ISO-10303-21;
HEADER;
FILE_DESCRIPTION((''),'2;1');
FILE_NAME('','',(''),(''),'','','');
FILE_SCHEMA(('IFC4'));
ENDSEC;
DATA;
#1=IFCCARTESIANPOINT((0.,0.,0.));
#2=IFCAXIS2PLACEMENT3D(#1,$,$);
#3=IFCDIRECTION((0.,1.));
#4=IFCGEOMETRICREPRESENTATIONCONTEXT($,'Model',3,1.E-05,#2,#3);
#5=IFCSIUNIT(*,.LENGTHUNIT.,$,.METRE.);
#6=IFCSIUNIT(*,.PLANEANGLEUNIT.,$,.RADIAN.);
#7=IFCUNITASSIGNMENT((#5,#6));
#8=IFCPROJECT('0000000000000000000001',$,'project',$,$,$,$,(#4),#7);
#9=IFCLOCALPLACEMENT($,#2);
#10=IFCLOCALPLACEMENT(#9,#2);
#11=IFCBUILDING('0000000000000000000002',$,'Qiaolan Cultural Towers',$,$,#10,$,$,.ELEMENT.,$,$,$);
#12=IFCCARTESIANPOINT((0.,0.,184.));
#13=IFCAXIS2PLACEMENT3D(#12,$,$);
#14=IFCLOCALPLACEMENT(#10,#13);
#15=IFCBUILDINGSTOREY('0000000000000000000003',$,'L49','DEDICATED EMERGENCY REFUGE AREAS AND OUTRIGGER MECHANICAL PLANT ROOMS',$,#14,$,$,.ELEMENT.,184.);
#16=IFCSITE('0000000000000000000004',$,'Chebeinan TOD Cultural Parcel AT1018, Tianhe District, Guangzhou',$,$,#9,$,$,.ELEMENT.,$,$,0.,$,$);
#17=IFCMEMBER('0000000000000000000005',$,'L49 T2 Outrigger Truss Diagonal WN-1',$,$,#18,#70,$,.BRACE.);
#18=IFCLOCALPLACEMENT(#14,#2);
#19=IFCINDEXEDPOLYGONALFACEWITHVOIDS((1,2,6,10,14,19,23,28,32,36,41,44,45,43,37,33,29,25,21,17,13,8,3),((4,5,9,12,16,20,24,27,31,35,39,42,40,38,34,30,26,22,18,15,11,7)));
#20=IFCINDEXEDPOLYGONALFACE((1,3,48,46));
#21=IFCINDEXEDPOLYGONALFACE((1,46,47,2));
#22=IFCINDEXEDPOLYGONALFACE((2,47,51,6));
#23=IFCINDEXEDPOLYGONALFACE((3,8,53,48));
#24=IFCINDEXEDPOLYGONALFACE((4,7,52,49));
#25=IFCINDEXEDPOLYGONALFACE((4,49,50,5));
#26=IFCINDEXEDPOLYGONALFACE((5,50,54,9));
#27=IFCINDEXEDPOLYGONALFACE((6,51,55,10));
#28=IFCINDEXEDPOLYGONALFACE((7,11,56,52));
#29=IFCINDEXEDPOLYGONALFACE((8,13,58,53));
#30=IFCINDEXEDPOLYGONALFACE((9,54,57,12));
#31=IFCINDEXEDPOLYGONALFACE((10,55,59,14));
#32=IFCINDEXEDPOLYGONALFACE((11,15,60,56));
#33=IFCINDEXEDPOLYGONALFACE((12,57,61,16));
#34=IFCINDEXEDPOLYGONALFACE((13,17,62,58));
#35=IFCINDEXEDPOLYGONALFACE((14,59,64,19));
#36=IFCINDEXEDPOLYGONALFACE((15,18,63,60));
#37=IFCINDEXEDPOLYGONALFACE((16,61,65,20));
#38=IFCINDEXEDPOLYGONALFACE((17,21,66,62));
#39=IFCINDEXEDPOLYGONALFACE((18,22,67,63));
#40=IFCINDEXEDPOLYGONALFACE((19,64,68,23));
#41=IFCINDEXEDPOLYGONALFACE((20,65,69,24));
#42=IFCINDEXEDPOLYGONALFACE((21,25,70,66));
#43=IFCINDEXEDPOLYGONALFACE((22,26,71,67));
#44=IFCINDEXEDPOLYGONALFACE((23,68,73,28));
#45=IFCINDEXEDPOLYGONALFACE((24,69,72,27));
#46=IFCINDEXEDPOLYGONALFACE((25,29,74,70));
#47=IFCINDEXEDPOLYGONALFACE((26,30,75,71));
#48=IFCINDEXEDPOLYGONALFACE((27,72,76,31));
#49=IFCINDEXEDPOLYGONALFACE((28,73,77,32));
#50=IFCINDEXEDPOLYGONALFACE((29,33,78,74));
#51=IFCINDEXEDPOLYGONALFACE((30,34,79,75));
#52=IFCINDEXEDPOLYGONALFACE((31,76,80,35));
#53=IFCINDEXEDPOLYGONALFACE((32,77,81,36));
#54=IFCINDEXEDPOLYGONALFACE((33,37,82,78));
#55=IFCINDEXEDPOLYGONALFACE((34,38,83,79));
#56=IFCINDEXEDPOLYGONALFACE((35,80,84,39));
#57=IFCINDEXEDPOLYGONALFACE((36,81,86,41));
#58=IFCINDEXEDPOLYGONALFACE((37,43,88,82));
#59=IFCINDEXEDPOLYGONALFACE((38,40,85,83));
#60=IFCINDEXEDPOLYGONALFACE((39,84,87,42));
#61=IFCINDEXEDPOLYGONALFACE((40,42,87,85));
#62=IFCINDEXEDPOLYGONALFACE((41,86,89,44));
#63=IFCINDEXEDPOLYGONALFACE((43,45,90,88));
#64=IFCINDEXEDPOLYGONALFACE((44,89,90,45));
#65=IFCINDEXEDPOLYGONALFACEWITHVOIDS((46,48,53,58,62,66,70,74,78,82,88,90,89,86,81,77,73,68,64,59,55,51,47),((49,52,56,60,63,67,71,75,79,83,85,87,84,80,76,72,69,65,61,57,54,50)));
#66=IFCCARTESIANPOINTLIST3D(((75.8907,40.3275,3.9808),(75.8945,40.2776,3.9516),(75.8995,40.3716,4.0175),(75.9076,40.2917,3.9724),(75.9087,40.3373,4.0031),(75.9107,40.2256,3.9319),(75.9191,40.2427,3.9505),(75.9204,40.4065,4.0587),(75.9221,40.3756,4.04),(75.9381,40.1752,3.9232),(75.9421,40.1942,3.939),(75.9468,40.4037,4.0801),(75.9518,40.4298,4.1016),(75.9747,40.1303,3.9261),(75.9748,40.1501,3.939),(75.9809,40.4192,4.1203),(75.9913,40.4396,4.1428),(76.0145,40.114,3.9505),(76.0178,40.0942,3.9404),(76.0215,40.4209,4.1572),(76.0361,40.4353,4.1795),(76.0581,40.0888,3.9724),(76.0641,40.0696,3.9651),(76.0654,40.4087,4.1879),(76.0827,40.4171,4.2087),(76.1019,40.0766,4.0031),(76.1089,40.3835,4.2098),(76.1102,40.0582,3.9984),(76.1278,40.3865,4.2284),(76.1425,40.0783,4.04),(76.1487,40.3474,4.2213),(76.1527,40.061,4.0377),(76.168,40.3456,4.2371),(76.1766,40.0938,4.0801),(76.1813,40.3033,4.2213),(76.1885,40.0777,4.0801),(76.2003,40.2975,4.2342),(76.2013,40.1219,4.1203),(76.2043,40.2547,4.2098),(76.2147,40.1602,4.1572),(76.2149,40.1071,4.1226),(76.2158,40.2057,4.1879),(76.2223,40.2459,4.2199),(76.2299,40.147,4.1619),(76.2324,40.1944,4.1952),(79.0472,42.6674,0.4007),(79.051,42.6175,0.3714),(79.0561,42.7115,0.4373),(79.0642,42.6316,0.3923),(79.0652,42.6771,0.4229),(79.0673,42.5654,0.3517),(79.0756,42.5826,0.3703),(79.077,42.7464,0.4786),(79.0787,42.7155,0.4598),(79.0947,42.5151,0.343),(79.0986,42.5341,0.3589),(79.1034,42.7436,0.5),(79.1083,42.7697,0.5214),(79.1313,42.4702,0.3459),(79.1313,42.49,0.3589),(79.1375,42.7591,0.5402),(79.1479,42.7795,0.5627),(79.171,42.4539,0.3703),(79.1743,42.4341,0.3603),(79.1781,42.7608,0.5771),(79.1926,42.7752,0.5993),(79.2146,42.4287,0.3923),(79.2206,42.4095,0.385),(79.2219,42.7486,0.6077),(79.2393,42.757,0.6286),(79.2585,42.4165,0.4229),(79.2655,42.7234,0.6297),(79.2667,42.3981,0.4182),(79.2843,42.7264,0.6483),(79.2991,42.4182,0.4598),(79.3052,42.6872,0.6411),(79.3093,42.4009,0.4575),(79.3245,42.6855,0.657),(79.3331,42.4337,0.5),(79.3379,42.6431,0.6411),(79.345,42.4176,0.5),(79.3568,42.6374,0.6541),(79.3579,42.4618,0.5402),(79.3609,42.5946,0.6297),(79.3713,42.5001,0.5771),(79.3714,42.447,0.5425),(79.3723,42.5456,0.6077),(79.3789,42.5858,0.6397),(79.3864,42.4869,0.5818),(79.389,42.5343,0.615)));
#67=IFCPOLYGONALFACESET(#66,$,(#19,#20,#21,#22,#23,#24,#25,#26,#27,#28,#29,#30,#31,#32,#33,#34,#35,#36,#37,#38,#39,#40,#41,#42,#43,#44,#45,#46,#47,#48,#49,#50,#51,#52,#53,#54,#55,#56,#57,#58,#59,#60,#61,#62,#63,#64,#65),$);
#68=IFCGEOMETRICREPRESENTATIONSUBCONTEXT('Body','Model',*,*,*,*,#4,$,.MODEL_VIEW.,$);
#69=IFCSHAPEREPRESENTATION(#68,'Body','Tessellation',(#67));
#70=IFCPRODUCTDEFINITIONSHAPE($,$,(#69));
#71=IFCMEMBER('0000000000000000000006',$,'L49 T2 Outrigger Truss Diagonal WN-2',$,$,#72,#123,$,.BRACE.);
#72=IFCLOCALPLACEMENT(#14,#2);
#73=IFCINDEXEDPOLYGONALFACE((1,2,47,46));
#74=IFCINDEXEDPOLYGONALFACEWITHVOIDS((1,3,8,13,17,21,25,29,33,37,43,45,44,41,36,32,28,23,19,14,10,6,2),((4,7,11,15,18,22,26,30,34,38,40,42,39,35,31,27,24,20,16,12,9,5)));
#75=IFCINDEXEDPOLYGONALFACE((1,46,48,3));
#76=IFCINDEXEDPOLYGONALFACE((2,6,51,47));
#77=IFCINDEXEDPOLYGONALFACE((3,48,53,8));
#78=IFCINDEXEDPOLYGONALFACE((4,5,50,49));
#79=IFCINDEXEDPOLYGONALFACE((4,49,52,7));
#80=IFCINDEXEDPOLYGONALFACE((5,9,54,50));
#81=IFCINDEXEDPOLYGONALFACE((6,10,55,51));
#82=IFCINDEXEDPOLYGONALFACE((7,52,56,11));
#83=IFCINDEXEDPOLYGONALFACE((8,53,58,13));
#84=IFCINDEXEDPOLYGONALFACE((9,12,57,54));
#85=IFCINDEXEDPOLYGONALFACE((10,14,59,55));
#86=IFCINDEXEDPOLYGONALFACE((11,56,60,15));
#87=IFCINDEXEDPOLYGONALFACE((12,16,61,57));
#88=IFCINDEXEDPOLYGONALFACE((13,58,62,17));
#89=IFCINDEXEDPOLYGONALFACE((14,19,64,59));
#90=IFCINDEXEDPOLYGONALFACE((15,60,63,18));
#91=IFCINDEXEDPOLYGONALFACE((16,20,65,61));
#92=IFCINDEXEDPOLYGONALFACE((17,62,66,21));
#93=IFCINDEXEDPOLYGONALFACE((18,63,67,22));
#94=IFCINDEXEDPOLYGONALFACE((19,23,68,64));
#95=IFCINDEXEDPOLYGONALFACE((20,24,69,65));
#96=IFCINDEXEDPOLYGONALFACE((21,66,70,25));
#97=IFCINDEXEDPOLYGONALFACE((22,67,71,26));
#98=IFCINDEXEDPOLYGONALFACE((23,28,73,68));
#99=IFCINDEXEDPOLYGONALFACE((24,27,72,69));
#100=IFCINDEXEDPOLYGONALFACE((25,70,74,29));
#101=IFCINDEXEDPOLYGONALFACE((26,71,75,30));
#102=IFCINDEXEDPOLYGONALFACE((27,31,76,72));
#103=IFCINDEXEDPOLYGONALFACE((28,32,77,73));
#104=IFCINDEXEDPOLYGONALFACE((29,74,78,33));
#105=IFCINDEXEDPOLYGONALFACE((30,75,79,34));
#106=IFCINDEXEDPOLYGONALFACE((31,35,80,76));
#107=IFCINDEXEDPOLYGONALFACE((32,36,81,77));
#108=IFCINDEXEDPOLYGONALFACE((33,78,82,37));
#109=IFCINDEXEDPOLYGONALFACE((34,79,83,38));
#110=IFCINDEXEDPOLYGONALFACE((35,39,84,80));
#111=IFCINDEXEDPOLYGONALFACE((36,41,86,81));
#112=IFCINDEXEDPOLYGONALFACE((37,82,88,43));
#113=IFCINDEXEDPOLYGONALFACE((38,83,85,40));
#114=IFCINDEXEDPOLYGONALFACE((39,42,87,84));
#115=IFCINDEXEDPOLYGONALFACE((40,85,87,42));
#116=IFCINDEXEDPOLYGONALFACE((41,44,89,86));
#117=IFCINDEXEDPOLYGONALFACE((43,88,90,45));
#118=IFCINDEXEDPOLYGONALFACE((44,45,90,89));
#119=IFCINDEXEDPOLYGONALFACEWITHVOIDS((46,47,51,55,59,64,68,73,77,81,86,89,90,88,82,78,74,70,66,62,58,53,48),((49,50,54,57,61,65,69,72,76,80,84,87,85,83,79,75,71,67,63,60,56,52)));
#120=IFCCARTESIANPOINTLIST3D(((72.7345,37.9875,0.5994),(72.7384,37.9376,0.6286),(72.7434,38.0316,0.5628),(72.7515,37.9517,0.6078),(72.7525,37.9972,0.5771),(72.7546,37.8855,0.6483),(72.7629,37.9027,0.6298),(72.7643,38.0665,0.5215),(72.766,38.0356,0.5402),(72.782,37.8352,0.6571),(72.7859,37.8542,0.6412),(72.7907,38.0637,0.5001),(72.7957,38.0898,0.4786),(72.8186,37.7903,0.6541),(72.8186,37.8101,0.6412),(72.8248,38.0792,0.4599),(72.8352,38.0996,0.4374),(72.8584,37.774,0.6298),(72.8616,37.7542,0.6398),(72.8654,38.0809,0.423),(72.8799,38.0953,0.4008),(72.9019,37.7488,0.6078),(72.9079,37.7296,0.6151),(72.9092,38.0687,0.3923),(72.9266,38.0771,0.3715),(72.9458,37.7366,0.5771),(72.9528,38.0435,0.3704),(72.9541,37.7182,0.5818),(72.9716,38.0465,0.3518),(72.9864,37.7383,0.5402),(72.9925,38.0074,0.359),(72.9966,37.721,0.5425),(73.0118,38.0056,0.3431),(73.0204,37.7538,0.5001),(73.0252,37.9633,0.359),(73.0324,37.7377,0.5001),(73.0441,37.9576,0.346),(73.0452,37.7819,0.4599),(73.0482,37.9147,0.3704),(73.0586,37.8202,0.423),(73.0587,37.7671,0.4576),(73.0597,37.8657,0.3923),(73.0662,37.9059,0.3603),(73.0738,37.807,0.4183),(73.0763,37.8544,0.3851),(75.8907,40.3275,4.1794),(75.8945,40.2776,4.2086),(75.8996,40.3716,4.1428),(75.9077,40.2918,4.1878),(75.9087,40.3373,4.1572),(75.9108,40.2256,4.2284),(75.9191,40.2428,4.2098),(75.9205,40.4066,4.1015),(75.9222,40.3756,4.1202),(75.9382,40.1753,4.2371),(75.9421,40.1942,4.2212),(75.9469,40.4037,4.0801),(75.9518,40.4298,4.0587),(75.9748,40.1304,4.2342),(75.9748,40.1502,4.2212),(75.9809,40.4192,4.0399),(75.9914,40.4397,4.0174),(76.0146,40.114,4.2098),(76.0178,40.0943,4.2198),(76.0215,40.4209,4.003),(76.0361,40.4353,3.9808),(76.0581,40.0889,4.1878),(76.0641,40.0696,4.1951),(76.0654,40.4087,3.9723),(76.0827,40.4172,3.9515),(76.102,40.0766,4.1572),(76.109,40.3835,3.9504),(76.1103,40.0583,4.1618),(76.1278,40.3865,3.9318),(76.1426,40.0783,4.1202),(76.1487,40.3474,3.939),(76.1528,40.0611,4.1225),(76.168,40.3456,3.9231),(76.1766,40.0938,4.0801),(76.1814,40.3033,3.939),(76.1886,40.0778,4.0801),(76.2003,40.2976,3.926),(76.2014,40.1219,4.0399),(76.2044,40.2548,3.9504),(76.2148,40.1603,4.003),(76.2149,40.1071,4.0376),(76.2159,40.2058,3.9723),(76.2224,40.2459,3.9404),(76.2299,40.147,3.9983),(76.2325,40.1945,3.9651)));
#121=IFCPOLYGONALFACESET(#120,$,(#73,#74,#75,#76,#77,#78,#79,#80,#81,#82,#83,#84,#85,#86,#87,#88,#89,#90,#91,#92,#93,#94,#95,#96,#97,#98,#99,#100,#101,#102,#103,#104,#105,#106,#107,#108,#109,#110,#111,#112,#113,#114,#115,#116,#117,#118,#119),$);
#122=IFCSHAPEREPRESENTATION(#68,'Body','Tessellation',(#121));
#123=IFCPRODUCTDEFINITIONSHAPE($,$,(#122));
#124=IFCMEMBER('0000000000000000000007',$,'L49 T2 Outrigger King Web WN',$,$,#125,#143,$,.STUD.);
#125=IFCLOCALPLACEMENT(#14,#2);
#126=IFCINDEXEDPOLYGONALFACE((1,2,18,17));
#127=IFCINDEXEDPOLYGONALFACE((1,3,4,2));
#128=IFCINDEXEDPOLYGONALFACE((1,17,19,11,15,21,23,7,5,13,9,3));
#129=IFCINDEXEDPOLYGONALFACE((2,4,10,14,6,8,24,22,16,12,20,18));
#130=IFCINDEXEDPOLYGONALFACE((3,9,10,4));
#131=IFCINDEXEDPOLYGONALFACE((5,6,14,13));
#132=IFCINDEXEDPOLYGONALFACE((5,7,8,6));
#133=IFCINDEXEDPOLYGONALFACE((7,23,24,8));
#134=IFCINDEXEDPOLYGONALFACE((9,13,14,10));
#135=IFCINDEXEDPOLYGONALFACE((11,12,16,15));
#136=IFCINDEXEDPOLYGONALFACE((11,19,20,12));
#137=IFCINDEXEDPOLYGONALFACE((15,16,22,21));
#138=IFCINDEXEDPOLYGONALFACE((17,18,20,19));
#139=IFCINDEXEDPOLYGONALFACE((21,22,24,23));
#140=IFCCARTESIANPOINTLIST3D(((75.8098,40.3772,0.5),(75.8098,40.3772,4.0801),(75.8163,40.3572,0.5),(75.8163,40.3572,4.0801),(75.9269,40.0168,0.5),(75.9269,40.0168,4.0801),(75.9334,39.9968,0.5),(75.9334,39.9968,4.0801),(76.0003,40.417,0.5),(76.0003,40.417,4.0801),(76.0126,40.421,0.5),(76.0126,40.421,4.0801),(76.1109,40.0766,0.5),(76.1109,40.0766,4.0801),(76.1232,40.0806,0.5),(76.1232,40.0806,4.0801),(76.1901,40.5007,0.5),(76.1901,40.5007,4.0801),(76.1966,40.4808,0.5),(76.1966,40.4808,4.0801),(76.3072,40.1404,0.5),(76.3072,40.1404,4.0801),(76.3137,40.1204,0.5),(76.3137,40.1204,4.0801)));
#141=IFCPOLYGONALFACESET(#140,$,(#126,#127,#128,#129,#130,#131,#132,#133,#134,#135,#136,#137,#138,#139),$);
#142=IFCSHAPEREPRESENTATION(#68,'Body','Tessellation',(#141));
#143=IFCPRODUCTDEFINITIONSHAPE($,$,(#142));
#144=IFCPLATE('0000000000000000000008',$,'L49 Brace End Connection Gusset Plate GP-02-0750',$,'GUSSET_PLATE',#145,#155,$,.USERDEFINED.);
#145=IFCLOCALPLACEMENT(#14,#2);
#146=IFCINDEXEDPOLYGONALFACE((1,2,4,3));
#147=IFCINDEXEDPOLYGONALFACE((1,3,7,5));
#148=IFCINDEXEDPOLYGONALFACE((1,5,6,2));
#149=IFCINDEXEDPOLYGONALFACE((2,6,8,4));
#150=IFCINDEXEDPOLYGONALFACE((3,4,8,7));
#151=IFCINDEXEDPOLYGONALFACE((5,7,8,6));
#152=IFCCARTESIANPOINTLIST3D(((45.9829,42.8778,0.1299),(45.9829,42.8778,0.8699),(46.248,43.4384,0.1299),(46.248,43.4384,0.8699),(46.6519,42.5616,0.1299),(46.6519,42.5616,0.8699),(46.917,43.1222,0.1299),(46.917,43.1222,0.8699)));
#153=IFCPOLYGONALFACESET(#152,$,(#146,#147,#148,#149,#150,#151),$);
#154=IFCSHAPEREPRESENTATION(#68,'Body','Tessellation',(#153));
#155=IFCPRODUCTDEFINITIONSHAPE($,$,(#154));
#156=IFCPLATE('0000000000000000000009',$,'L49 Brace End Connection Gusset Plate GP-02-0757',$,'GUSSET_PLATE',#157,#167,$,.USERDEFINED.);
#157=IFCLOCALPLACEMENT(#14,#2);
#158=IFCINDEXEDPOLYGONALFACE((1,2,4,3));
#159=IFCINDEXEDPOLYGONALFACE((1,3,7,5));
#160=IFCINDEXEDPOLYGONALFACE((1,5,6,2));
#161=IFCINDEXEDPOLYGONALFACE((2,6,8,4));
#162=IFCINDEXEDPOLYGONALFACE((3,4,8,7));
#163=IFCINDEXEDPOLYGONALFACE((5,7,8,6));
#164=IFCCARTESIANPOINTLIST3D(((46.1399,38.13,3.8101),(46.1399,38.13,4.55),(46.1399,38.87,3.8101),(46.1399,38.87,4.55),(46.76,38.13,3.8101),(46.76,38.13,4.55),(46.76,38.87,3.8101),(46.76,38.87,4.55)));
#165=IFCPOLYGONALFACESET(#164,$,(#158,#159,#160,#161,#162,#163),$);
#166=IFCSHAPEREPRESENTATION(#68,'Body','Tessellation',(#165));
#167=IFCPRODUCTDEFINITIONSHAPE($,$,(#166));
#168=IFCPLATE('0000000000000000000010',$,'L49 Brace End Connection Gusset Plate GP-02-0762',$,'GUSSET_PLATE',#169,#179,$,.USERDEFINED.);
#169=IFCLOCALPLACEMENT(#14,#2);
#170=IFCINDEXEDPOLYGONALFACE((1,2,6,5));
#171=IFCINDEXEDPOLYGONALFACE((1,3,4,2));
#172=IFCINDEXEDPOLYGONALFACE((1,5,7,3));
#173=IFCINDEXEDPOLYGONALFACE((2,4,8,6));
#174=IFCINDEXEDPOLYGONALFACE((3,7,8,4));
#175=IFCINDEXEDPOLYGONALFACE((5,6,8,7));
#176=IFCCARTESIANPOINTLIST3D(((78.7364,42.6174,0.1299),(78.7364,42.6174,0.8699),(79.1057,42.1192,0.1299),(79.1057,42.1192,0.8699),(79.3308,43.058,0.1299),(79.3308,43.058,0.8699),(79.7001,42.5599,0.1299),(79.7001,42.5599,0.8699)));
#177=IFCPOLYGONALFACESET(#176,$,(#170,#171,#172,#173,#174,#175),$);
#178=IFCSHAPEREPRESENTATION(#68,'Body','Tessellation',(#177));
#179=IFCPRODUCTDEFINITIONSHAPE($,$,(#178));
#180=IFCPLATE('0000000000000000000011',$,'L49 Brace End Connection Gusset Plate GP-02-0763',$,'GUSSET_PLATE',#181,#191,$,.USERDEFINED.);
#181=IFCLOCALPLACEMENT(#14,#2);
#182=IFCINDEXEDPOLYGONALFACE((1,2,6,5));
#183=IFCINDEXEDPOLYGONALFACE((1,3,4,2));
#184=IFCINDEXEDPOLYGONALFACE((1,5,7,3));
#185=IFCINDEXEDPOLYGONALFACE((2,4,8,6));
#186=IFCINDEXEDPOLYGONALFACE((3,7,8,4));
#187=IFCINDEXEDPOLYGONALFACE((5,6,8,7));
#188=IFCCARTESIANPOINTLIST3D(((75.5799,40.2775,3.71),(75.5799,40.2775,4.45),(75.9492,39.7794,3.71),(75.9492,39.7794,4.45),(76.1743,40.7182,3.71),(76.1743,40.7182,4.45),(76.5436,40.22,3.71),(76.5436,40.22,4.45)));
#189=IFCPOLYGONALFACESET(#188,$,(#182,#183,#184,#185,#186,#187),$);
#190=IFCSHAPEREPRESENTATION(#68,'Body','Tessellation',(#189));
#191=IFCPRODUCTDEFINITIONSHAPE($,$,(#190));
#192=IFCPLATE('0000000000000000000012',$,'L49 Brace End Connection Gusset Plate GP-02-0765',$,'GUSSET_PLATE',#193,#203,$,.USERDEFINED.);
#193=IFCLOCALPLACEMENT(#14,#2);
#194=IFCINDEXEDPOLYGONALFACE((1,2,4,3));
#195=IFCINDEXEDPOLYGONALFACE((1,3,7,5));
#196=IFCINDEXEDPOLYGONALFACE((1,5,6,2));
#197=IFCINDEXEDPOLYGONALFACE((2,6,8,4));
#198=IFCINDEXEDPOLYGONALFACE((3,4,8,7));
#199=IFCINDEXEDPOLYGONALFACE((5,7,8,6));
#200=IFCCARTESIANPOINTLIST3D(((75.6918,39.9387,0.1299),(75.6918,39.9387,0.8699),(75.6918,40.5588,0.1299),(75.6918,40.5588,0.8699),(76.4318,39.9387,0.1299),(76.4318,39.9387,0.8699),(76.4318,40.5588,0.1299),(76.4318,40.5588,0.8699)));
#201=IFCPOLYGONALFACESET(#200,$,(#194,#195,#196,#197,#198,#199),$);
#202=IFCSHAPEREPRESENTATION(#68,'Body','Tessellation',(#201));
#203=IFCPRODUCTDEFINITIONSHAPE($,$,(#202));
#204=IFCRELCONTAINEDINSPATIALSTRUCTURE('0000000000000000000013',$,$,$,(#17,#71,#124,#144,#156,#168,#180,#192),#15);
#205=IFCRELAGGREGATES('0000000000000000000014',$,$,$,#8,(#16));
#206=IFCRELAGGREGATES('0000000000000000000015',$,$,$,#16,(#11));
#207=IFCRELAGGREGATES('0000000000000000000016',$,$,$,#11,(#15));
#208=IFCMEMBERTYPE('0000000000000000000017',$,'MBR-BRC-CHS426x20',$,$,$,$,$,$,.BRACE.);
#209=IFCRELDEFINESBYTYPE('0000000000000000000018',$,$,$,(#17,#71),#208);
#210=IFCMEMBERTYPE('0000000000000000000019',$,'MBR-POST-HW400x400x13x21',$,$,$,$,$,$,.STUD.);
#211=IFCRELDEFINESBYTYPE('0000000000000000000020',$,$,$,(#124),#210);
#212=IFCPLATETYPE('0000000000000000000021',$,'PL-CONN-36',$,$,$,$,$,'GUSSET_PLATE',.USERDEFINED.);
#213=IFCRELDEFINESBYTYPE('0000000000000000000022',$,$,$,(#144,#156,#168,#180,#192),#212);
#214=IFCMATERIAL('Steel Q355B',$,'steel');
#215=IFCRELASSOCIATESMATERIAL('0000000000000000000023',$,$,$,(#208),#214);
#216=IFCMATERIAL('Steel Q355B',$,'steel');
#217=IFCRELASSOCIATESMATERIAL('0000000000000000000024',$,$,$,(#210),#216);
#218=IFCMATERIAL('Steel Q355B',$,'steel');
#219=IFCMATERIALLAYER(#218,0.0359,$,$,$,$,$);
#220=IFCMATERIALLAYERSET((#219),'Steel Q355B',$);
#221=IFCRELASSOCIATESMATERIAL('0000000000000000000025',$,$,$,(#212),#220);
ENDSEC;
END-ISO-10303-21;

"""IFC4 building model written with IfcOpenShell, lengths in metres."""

from ifc_helpers import new_model, si_unit, direction, frame, origin, origin_2d, place, context, subcontext, project, spatial, rectangle, hollow_circle, i_section, extrude, material, layer, layer_set, material_profile, profile_set, type_object, element, save


model = new_model("IFC4")

# Units and contexts
model_context = context("Model", 3, precision=1e-05, world=origin(), true_north=direction((0.0, 1.0)))
body_context = subcontext(model_context, "Body", "Model", "MODEL_VIEW")
ifc_project = project(units=[si_unit("LENGTHUNIT", "METRE"), si_unit("PLANEANGLEUNIT", "RADIAN")], contexts=[model_context])

# Site, building, storey
site_placement = place(None, origin())
site = spatial("IfcSite", under=ifc_project, at=site_placement, Name="Chebeinan TOD Cultural Parcel AT1018, Tianhe District, Guangzhou", CompositionType="ELEMENT", RefElevation=0.0)
building_placement = place(site_placement, origin())
building = spatial("IfcBuilding", under=site, at=building_placement, Name="Qiaolan Cultural Towers", CompositionType="ELEMENT")
storey_placement = place(building_placement, frame((0.0, 0.0, 184.0)))
storey = spatial("IfcBuildingStorey", under=building, at=storey_placement, Name="L49", Description="DEDICATED EMERGENCY REFUGE AREAS AND OUTRIGGER MECHANICAL PLANT ROOMS", CompositionType="ELEMENT", Elevation=184.0)

# Members
ifc_material_1 = material(Name="Steel Q355B", Category="steel")
ifc_material_profile_1 = material_profile(ifc_material_1, hollow_circle(Radius=0.2129, WallThickness=0.02, at=origin_2d()), Name="CHS426x20")
ifc_profile_set_1 = profile_set([ifc_material_profile_1], Name="Steel Q355B")
member_type_1 = type_object("IfcMemberType", Name="MBR-BRC-CHS426x20", PredefinedType="BRACE", material=ifc_profile_set_1)
member_1_placement = place(storey_placement, frame((79.2183, 42.5886, 0.5), z_axis=(-0.59382, -0.440187, 0.673508), x_axis=(0.595507, -0.80335, 0.0)))
element("IfcMember", 1, at=member_1_placement, inside=storey, type_object=member_type_1, Name="L49 T2 Outrigger Truss Diagonal WN-1", PredefinedType="BRACE", context=body_context, shape_type="SweptSolid", body=[
    extrude(hollow_circle(Radius=0.2129, WallThickness=0.02, at=origin_2d()), origin(), (0.0, 0.0, 1.0), 5.3157),
])
member_2_placement = place(storey_placement, frame((76.0618, 40.2488, 4.0801), z_axis=(-0.593779, -0.440236, -0.673513), x_axis=(0.595577, -0.803298, 0.0)))
element("IfcMember", 2, at=member_2_placement, inside=storey, type_object=member_type_1, Name="L49 T2 Outrigger Truss Diagonal WN-2", PredefinedType="BRACE", context=body_context, shape_type="SweptSolid", body=[
    extrude(hollow_circle(Radius=0.2129, WallThickness=0.02, at=origin_2d()), origin(), (0.0, 0.0, 1.0), 5.3154),
])
ifc_material_2 = material(Name="Steel Q355B", Category="steel")
ifc_material_profile_2 = material_profile(ifc_material_2, i_section(OverallWidth=0.3999, OverallDepth=0.3999, WebThickness=0.0129, FlangeThickness=0.021, at=origin_2d()), Name="HW400x400x13x21")
ifc_profile_set_2 = profile_set([ifc_material_profile_2], Name="Steel Q355B")
member_type_2 = type_object("IfcMemberType", Name="MBR-POST-HW400x400x13x21", PredefinedType="STUD", material=ifc_profile_set_2)
member_3_placement = place(storey_placement, frame((76.0618, 40.2488, 0.5), z_axis=(0.0, 0.0, 1.0), x_axis=(0.951057, 0.309017, 0.0)))
element("IfcMember", 3, at=member_3_placement, inside=storey, type_object=member_type_2, Name="L49 T2 Outrigger King Web WN", PredefinedType="STUD", context=body_context, shape_type="SweptSolid", body=[
    extrude(i_section(OverallWidth=0.3999, OverallDepth=0.3999, WebThickness=0.0129, FlangeThickness=0.021, at=origin_2d()), origin(), (0.0, 0.0, 1.0), 3.5801),
])

# Plates
ifc_material_3 = material(Name="Steel Q355B", Category="steel")
ifc_layer_1 = layer(ifc_material_3, 0.0359)
ifc_layer_set_1 = layer_set([ifc_layer_1], Name="Steel Q355B")
plate_type = type_object("IfcPlateType", Name="PL-CONN-36", ElementType="GUSSET_PLATE", PredefinedType="USERDEFINED", material=ifc_layer_set_1)
for number, where, z_axis, x_axis, name in (
    (4, (46.45, 43.0, 0.1299), (0.0, 0.0, 1.0), (-0.904072, 0.42738, 0.0), "L49 Brace End Connection Gusset Plate GP-02-0750"),
    (5, (46.45, 38.5, 3.8101), (0.0, 0.0, 1.0), (0.0, 1.0, 0.0), "L49 Brace End Connection Gusset Plate GP-02-0757"),
    (6, (79.2183, 42.5886, 0.1299), (0.0, 0.0, 1.0), (0.803335, 0.595527, 0.0), "L49 Brace End Connection Gusset Plate GP-02-0762"),
    (7, (76.0618, 40.2488, 3.71), (0.0, 0.0, 1.0), (0.803335, 0.595527, 0.0), "L49 Brace End Connection Gusset Plate GP-02-0763"),
    (8, (76.0618, 40.2488, 0.1299), (0.0, 0.0, 1.0), (1.0, 0.0, 0.0), "L49 Brace End Connection Gusset Plate GP-02-0765"),
):
    element("IfcPlate", number, at=place(storey_placement, frame(where, z_axis=z_axis, x_axis=x_axis)), inside=storey, type_object=plate_type, Name=name, ObjectType="GUSSET_PLATE", PredefinedType="USERDEFINED", context=body_context, shape_type="SweptSolid", body=[
        extrude(rectangle(XDim=0.74, YDim=0.6201, at=origin_2d()), origin(), (0.0, 0.0, 1.0), 0.74),
    ])

save(model, "model.ifc")
